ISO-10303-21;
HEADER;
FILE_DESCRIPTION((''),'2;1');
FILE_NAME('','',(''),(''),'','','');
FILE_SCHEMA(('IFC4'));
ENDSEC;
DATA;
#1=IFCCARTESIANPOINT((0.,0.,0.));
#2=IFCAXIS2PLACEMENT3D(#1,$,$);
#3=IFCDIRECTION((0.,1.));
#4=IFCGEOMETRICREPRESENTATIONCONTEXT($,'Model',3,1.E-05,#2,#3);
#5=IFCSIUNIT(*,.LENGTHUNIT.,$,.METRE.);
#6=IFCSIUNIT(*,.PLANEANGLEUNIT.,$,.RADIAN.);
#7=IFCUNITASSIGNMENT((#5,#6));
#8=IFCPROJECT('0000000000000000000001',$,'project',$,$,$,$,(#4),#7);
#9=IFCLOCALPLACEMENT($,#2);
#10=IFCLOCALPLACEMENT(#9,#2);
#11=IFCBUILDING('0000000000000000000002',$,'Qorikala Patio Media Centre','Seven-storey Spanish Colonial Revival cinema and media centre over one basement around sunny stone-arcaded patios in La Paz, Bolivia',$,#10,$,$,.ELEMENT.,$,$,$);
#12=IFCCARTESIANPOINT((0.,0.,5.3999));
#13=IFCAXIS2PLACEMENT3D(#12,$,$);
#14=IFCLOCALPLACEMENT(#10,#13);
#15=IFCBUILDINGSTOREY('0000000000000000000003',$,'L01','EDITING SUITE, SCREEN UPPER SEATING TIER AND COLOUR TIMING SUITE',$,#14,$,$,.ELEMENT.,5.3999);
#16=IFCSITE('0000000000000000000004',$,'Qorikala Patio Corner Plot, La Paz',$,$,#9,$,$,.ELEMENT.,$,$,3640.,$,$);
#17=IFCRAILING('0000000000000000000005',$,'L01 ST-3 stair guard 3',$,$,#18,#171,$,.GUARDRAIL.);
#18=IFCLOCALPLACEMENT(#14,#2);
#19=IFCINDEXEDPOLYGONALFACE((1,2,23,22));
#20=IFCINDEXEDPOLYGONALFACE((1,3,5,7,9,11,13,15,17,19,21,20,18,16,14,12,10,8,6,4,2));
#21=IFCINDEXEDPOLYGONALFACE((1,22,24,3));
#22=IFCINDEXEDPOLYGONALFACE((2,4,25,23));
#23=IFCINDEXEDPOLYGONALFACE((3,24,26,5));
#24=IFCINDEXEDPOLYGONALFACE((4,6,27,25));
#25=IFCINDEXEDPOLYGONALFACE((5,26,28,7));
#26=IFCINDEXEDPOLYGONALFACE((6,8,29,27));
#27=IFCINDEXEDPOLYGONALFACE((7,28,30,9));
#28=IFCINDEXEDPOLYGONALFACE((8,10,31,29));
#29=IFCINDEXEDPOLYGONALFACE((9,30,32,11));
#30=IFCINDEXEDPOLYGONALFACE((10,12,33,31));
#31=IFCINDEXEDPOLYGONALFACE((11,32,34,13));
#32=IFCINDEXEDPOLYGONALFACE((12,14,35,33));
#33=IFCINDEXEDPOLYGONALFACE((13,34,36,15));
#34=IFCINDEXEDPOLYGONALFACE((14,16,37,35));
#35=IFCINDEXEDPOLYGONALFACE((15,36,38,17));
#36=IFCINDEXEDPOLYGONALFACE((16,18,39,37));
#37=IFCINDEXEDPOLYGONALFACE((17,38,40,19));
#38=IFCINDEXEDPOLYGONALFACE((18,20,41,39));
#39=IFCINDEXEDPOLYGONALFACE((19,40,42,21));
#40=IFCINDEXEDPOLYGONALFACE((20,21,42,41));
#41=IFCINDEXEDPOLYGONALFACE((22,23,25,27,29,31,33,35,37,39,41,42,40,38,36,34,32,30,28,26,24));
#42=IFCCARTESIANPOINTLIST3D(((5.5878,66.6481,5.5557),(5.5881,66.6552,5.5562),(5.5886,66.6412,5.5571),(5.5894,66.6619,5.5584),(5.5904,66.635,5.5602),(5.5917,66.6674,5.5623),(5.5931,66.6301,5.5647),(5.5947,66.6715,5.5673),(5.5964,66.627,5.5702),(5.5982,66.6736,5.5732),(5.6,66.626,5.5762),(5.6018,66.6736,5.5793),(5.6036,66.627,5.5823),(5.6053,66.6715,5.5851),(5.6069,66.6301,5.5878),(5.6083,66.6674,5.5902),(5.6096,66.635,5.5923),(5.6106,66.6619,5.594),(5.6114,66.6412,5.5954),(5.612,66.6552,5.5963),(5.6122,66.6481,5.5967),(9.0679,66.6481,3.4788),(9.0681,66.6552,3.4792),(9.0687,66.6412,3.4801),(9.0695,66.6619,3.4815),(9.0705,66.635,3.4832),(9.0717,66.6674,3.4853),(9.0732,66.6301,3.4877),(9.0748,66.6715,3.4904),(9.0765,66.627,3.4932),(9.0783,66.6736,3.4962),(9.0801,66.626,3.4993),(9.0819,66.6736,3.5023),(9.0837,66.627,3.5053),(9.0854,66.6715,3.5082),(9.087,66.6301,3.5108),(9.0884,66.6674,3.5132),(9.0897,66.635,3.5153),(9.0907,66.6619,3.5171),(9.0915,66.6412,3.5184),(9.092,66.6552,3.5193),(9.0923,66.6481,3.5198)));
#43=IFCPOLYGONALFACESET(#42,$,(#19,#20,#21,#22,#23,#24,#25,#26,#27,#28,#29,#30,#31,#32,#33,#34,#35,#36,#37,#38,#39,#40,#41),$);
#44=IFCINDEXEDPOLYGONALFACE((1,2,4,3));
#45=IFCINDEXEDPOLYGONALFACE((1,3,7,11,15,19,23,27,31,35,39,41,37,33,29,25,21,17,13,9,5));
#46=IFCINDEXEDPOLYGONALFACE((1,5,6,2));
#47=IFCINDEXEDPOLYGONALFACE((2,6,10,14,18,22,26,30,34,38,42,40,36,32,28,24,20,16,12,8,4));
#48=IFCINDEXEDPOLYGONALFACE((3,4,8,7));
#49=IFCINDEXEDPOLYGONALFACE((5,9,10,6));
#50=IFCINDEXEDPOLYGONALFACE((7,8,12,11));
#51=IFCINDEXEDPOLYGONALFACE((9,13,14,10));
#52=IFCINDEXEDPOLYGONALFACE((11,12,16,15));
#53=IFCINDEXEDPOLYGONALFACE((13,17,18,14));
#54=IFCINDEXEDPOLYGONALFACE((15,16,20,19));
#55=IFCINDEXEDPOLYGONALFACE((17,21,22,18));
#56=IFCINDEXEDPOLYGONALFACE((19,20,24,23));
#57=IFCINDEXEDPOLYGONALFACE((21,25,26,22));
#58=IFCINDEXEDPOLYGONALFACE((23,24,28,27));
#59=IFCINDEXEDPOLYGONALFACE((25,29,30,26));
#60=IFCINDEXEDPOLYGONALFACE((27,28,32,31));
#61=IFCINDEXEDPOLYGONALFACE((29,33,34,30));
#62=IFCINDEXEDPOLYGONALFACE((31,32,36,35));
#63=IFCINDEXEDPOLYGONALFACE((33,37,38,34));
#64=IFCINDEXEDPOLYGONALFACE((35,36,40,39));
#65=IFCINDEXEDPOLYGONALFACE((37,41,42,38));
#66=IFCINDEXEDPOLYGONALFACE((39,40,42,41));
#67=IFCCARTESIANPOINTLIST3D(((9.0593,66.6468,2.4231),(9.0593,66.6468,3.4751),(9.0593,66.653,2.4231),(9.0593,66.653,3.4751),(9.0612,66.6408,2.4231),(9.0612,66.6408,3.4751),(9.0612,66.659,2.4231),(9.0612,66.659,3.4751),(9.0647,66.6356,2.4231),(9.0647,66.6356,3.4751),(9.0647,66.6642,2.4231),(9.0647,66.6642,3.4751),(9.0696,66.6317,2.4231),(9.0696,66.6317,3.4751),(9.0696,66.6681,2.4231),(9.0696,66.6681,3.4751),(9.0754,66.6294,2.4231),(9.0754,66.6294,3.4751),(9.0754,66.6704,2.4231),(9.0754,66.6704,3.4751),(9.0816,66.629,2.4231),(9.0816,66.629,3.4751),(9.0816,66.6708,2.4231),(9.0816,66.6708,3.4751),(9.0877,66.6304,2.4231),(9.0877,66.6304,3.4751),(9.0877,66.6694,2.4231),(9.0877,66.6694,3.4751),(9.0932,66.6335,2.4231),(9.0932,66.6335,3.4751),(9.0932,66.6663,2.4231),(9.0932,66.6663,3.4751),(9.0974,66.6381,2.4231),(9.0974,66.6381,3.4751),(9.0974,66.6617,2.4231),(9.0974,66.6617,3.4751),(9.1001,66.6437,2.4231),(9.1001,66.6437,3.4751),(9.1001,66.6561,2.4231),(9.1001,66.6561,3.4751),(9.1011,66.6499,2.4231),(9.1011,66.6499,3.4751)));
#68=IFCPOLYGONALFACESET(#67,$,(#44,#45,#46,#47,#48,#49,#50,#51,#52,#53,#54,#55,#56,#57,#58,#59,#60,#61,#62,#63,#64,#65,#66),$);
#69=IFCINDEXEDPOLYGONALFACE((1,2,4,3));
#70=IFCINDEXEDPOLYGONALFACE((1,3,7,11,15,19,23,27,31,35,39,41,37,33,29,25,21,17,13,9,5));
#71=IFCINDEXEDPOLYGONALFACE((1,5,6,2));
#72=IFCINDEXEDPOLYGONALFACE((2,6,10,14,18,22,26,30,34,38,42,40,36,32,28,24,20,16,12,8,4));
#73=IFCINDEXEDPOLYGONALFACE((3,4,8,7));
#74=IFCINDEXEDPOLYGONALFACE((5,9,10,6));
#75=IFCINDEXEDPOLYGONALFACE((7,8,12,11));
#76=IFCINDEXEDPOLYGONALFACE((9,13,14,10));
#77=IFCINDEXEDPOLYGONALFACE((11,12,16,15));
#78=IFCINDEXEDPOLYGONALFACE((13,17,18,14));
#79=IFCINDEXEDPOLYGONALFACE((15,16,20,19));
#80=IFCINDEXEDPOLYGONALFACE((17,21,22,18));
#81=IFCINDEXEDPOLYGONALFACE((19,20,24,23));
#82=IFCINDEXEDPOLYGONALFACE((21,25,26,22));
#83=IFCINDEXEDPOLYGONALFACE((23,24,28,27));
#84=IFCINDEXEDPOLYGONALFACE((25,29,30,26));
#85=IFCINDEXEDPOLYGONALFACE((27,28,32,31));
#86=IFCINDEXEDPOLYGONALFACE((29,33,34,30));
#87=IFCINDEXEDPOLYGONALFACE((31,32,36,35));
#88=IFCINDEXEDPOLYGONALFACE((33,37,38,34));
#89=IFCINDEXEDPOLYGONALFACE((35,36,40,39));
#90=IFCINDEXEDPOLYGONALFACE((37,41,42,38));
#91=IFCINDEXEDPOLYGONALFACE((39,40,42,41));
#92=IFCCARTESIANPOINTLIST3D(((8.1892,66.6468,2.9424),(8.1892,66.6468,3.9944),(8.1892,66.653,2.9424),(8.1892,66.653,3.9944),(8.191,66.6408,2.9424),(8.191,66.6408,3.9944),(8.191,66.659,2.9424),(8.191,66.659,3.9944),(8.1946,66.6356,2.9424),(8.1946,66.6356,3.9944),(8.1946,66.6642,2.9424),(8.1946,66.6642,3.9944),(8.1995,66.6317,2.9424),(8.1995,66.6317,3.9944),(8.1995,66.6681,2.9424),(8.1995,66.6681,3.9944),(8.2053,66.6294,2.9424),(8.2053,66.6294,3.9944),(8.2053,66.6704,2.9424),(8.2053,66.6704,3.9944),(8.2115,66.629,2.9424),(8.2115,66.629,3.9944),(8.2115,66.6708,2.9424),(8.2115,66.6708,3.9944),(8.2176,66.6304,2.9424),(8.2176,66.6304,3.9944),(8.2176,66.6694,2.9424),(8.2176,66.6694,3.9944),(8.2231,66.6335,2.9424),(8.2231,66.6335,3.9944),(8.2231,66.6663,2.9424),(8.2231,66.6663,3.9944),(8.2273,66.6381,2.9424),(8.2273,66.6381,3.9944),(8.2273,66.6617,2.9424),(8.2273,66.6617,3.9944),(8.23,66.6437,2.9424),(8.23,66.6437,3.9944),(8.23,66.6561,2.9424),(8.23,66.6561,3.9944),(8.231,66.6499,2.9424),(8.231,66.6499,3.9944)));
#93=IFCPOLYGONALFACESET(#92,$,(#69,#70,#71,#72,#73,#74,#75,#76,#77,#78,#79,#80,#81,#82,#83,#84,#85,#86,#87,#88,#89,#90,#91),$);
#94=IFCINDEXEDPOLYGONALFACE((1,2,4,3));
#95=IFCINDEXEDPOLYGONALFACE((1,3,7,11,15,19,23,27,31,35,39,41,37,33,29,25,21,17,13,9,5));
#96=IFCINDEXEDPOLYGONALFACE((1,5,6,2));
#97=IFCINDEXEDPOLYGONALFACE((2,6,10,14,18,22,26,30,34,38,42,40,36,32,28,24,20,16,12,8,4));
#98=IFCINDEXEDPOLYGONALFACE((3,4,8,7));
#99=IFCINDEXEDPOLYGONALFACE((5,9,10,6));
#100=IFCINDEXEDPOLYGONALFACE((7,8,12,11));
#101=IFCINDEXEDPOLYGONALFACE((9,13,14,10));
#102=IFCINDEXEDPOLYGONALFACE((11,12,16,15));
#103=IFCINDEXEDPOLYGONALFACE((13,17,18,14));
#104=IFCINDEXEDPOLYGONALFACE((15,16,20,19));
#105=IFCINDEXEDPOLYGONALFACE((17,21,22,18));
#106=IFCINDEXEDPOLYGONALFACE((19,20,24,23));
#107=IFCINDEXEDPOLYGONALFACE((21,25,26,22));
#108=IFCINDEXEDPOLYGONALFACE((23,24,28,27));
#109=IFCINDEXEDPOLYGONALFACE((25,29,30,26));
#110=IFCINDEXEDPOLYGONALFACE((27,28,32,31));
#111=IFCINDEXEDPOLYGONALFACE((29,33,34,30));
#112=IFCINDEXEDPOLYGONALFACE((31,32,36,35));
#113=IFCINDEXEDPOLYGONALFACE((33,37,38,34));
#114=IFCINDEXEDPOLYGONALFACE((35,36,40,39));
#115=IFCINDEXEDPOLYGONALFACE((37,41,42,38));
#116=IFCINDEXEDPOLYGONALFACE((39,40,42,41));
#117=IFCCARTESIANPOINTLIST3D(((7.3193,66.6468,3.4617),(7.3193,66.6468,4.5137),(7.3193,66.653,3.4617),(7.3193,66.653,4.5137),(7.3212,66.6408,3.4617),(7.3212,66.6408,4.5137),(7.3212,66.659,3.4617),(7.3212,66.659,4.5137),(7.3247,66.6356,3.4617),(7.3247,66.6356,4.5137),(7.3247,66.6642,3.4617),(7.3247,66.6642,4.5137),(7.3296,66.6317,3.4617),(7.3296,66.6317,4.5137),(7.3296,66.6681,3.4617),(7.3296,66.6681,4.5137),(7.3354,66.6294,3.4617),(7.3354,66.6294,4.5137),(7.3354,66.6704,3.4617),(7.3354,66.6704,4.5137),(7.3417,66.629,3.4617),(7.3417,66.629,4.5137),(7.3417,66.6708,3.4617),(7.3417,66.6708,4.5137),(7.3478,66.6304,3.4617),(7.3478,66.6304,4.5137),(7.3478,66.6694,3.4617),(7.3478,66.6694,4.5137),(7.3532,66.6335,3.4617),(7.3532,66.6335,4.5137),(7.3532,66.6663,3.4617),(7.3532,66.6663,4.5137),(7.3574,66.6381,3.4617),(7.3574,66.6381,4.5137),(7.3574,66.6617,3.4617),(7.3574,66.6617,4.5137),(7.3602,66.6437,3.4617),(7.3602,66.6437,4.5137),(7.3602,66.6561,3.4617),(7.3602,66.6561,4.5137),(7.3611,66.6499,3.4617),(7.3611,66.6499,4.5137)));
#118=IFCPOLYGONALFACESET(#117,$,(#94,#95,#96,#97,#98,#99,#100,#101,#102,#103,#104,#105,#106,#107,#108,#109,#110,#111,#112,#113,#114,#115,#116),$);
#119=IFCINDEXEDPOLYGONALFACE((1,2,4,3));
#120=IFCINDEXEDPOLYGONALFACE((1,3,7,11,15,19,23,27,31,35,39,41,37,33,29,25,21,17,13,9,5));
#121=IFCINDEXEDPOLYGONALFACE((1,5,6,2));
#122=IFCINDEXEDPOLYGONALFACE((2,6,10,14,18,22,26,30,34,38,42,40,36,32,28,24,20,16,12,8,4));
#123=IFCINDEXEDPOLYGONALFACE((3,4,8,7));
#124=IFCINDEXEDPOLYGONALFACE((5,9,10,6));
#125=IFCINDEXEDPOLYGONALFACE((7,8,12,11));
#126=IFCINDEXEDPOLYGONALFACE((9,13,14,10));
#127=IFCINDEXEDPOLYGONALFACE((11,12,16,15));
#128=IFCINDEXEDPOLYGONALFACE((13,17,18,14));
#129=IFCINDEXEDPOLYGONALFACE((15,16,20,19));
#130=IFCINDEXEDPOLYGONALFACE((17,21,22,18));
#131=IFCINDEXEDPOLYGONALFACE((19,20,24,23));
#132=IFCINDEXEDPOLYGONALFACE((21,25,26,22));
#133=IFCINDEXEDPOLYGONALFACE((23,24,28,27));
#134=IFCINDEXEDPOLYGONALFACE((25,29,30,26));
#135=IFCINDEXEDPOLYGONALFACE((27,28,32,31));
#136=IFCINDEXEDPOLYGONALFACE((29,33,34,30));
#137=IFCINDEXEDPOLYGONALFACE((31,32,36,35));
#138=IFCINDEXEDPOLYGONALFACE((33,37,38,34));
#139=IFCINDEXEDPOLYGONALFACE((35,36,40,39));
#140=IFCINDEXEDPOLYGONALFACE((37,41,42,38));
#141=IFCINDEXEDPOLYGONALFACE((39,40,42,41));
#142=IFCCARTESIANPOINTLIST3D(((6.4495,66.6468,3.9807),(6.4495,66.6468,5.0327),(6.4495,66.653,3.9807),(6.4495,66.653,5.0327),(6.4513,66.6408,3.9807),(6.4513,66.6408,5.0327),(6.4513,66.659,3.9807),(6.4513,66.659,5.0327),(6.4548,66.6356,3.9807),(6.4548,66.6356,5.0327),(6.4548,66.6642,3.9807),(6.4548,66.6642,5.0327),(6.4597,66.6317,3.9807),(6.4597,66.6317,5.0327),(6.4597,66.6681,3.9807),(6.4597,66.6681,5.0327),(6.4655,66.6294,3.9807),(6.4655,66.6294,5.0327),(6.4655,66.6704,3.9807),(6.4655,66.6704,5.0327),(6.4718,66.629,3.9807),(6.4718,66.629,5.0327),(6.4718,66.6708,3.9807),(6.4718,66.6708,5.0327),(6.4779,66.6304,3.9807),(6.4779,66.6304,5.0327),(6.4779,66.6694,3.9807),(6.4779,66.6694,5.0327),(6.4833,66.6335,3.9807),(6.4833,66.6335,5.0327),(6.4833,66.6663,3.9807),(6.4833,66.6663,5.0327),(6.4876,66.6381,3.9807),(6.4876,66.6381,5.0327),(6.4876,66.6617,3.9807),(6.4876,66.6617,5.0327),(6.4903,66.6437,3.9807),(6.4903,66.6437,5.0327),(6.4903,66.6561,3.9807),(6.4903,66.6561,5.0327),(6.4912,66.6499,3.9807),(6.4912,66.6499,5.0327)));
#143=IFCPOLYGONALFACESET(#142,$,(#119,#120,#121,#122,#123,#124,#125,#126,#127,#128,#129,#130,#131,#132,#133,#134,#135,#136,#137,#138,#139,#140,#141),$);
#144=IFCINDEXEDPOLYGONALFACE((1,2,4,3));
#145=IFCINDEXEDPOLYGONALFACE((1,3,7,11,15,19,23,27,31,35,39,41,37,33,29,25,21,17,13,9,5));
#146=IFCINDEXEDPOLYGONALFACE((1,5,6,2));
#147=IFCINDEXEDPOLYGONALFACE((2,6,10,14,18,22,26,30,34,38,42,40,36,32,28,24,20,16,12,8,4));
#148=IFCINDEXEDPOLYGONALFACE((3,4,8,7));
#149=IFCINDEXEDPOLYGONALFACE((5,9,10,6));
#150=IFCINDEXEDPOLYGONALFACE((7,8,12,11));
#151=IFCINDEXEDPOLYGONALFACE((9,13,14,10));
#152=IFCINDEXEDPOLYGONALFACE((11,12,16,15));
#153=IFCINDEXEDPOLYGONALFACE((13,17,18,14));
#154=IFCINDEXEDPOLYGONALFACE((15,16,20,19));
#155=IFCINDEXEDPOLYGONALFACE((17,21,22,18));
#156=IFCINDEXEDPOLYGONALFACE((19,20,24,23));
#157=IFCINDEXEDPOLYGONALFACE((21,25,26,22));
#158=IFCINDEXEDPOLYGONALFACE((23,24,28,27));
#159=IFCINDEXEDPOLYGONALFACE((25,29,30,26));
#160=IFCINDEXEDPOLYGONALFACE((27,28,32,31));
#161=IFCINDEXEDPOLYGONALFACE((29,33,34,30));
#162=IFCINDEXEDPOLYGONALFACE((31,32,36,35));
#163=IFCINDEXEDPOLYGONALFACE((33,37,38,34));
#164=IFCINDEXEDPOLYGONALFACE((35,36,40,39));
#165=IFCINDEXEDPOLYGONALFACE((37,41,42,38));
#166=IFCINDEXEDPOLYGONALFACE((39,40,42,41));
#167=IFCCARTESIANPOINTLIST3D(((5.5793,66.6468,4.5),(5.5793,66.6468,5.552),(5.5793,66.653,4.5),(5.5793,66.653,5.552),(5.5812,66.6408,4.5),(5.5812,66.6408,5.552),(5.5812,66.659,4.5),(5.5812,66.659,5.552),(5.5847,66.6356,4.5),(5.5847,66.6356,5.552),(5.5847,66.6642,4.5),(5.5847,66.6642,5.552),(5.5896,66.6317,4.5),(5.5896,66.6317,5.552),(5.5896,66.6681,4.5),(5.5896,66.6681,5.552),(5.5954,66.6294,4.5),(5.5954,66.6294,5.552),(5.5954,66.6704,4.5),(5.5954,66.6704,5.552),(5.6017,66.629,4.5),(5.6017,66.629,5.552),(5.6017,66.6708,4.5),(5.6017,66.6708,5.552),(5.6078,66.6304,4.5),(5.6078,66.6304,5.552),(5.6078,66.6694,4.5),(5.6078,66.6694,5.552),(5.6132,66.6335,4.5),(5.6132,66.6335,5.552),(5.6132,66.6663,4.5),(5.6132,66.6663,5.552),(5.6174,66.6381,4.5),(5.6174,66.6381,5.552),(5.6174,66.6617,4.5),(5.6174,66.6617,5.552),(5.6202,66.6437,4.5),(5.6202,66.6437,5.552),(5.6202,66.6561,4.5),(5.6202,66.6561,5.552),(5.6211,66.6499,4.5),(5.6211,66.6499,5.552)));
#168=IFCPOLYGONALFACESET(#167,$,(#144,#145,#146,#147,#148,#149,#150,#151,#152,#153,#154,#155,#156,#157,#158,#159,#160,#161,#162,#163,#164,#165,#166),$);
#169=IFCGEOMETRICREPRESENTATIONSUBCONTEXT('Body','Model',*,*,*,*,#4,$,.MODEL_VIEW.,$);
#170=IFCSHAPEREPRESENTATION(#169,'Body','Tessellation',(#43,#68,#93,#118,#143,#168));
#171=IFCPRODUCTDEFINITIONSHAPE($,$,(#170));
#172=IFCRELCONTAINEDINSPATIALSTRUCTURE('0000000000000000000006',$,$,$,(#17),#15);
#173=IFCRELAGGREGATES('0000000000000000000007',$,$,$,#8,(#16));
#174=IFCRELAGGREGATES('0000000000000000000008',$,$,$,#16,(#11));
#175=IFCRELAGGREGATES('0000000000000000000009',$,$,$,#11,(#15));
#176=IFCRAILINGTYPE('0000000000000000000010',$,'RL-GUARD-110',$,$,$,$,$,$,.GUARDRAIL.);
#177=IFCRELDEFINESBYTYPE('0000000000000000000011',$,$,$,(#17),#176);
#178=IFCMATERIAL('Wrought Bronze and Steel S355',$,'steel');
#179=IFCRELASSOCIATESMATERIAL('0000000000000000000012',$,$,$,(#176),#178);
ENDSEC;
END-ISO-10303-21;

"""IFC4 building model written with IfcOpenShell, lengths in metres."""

from ifc_helpers import new_model, si_unit, direction, frame, origin, origin_2d, place, context, subcontext, project, spatial, circle, extrude, material, type_object, element, save


model = new_model("IFC4")

# Units and contexts
model_context = context("Model", 3, precision=1e-05, world=origin(), true_north=direction((0.0, 1.0)))
body_context = subcontext(model_context, "Body", "Model", "MODEL_VIEW")
ifc_project = project(units=[si_unit("LENGTHUNIT", "METRE"), si_unit("PLANEANGLEUNIT", "RADIAN")], contexts=[model_context])

# Site, building, storey
site_placement = place(None, origin())
site = spatial("IfcSite", under=ifc_project, at=site_placement, Name="Qorikala Patio Corner Plot, La Paz", CompositionType="ELEMENT", RefElevation=3640.0)
building_placement = place(site_placement, origin())
building = spatial("IfcBuilding", under=site, at=building_placement, Name="Qorikala Patio Media Centre", Description="Seven-storey Spanish Colonial Revival cinema and media centre over one basement around sunny stone-arcaded patios in La Paz, Bolivia", CompositionType="ELEMENT")
storey_placement = place(building_placement, frame((0.0, 0.0, 5.3999)))
storey = spatial("IfcBuildingStorey", under=building, at=storey_placement, Name="L01", Description="EDITING SUITE, SCREEN UPPER SEATING TIER AND COLOUR TIMING SUITE", CompositionType="ELEMENT", Elevation=5.3999)

# Railing
ifc_material_1 = material(Name="Wrought Bronze and Steel S355", Category="steel")
railing_type_1 = type_object("IfcRailingType", Name="RL-GUARD-110", PredefinedType="GUARDRAIL", material=ifc_material_1)
railing_1_placement = place(storey_placement, frame((9.0801, 66.6499, 2.4231)))
element("IfcRailing", 1, at=railing_1_placement, inside=storey, type_object=railing_type_1, Name="L01 ST-3 stair guard 3", PredefinedType="GUARDRAIL", context=body_context, shape_type="SweptSolid", body=[
    extrude(circle(Radius=0.0239, at=origin_2d()), frame((0.0, 0.0, 1.0762), z_axis=(-0.858697, 0.0, 0.512483), x_axis=(0.0, -1.0, 0.0)), (0.0, 0.0, 1.0), 4.0527),
    extrude(circle(Radius=0.021, at=origin_2d()), origin(), (0.0, 0.0, 1.0), 1.052),
    extrude(circle(Radius=0.021, at=origin_2d()), frame((-0.8701, 0.0, 0.5193)), (0.0, 0.0, 1.0), 1.052),
    extrude(circle(Radius=0.021, at=origin_2d()), frame((-1.74, 0.0, 1.0386)), (0.0, 0.0, 1.0), 1.052),
    extrude(circle(Radius=0.021, at=origin_2d()), frame((-2.6099, 0.0, 1.5576)), (0.0, 0.0, 1.0), 1.052),
    extrude(circle(Radius=0.021, at=origin_2d()), frame((-3.48, 0.0, 2.0769)), (0.0, 0.0, 1.0), 1.052),
])

save(model, "model.ifc")
